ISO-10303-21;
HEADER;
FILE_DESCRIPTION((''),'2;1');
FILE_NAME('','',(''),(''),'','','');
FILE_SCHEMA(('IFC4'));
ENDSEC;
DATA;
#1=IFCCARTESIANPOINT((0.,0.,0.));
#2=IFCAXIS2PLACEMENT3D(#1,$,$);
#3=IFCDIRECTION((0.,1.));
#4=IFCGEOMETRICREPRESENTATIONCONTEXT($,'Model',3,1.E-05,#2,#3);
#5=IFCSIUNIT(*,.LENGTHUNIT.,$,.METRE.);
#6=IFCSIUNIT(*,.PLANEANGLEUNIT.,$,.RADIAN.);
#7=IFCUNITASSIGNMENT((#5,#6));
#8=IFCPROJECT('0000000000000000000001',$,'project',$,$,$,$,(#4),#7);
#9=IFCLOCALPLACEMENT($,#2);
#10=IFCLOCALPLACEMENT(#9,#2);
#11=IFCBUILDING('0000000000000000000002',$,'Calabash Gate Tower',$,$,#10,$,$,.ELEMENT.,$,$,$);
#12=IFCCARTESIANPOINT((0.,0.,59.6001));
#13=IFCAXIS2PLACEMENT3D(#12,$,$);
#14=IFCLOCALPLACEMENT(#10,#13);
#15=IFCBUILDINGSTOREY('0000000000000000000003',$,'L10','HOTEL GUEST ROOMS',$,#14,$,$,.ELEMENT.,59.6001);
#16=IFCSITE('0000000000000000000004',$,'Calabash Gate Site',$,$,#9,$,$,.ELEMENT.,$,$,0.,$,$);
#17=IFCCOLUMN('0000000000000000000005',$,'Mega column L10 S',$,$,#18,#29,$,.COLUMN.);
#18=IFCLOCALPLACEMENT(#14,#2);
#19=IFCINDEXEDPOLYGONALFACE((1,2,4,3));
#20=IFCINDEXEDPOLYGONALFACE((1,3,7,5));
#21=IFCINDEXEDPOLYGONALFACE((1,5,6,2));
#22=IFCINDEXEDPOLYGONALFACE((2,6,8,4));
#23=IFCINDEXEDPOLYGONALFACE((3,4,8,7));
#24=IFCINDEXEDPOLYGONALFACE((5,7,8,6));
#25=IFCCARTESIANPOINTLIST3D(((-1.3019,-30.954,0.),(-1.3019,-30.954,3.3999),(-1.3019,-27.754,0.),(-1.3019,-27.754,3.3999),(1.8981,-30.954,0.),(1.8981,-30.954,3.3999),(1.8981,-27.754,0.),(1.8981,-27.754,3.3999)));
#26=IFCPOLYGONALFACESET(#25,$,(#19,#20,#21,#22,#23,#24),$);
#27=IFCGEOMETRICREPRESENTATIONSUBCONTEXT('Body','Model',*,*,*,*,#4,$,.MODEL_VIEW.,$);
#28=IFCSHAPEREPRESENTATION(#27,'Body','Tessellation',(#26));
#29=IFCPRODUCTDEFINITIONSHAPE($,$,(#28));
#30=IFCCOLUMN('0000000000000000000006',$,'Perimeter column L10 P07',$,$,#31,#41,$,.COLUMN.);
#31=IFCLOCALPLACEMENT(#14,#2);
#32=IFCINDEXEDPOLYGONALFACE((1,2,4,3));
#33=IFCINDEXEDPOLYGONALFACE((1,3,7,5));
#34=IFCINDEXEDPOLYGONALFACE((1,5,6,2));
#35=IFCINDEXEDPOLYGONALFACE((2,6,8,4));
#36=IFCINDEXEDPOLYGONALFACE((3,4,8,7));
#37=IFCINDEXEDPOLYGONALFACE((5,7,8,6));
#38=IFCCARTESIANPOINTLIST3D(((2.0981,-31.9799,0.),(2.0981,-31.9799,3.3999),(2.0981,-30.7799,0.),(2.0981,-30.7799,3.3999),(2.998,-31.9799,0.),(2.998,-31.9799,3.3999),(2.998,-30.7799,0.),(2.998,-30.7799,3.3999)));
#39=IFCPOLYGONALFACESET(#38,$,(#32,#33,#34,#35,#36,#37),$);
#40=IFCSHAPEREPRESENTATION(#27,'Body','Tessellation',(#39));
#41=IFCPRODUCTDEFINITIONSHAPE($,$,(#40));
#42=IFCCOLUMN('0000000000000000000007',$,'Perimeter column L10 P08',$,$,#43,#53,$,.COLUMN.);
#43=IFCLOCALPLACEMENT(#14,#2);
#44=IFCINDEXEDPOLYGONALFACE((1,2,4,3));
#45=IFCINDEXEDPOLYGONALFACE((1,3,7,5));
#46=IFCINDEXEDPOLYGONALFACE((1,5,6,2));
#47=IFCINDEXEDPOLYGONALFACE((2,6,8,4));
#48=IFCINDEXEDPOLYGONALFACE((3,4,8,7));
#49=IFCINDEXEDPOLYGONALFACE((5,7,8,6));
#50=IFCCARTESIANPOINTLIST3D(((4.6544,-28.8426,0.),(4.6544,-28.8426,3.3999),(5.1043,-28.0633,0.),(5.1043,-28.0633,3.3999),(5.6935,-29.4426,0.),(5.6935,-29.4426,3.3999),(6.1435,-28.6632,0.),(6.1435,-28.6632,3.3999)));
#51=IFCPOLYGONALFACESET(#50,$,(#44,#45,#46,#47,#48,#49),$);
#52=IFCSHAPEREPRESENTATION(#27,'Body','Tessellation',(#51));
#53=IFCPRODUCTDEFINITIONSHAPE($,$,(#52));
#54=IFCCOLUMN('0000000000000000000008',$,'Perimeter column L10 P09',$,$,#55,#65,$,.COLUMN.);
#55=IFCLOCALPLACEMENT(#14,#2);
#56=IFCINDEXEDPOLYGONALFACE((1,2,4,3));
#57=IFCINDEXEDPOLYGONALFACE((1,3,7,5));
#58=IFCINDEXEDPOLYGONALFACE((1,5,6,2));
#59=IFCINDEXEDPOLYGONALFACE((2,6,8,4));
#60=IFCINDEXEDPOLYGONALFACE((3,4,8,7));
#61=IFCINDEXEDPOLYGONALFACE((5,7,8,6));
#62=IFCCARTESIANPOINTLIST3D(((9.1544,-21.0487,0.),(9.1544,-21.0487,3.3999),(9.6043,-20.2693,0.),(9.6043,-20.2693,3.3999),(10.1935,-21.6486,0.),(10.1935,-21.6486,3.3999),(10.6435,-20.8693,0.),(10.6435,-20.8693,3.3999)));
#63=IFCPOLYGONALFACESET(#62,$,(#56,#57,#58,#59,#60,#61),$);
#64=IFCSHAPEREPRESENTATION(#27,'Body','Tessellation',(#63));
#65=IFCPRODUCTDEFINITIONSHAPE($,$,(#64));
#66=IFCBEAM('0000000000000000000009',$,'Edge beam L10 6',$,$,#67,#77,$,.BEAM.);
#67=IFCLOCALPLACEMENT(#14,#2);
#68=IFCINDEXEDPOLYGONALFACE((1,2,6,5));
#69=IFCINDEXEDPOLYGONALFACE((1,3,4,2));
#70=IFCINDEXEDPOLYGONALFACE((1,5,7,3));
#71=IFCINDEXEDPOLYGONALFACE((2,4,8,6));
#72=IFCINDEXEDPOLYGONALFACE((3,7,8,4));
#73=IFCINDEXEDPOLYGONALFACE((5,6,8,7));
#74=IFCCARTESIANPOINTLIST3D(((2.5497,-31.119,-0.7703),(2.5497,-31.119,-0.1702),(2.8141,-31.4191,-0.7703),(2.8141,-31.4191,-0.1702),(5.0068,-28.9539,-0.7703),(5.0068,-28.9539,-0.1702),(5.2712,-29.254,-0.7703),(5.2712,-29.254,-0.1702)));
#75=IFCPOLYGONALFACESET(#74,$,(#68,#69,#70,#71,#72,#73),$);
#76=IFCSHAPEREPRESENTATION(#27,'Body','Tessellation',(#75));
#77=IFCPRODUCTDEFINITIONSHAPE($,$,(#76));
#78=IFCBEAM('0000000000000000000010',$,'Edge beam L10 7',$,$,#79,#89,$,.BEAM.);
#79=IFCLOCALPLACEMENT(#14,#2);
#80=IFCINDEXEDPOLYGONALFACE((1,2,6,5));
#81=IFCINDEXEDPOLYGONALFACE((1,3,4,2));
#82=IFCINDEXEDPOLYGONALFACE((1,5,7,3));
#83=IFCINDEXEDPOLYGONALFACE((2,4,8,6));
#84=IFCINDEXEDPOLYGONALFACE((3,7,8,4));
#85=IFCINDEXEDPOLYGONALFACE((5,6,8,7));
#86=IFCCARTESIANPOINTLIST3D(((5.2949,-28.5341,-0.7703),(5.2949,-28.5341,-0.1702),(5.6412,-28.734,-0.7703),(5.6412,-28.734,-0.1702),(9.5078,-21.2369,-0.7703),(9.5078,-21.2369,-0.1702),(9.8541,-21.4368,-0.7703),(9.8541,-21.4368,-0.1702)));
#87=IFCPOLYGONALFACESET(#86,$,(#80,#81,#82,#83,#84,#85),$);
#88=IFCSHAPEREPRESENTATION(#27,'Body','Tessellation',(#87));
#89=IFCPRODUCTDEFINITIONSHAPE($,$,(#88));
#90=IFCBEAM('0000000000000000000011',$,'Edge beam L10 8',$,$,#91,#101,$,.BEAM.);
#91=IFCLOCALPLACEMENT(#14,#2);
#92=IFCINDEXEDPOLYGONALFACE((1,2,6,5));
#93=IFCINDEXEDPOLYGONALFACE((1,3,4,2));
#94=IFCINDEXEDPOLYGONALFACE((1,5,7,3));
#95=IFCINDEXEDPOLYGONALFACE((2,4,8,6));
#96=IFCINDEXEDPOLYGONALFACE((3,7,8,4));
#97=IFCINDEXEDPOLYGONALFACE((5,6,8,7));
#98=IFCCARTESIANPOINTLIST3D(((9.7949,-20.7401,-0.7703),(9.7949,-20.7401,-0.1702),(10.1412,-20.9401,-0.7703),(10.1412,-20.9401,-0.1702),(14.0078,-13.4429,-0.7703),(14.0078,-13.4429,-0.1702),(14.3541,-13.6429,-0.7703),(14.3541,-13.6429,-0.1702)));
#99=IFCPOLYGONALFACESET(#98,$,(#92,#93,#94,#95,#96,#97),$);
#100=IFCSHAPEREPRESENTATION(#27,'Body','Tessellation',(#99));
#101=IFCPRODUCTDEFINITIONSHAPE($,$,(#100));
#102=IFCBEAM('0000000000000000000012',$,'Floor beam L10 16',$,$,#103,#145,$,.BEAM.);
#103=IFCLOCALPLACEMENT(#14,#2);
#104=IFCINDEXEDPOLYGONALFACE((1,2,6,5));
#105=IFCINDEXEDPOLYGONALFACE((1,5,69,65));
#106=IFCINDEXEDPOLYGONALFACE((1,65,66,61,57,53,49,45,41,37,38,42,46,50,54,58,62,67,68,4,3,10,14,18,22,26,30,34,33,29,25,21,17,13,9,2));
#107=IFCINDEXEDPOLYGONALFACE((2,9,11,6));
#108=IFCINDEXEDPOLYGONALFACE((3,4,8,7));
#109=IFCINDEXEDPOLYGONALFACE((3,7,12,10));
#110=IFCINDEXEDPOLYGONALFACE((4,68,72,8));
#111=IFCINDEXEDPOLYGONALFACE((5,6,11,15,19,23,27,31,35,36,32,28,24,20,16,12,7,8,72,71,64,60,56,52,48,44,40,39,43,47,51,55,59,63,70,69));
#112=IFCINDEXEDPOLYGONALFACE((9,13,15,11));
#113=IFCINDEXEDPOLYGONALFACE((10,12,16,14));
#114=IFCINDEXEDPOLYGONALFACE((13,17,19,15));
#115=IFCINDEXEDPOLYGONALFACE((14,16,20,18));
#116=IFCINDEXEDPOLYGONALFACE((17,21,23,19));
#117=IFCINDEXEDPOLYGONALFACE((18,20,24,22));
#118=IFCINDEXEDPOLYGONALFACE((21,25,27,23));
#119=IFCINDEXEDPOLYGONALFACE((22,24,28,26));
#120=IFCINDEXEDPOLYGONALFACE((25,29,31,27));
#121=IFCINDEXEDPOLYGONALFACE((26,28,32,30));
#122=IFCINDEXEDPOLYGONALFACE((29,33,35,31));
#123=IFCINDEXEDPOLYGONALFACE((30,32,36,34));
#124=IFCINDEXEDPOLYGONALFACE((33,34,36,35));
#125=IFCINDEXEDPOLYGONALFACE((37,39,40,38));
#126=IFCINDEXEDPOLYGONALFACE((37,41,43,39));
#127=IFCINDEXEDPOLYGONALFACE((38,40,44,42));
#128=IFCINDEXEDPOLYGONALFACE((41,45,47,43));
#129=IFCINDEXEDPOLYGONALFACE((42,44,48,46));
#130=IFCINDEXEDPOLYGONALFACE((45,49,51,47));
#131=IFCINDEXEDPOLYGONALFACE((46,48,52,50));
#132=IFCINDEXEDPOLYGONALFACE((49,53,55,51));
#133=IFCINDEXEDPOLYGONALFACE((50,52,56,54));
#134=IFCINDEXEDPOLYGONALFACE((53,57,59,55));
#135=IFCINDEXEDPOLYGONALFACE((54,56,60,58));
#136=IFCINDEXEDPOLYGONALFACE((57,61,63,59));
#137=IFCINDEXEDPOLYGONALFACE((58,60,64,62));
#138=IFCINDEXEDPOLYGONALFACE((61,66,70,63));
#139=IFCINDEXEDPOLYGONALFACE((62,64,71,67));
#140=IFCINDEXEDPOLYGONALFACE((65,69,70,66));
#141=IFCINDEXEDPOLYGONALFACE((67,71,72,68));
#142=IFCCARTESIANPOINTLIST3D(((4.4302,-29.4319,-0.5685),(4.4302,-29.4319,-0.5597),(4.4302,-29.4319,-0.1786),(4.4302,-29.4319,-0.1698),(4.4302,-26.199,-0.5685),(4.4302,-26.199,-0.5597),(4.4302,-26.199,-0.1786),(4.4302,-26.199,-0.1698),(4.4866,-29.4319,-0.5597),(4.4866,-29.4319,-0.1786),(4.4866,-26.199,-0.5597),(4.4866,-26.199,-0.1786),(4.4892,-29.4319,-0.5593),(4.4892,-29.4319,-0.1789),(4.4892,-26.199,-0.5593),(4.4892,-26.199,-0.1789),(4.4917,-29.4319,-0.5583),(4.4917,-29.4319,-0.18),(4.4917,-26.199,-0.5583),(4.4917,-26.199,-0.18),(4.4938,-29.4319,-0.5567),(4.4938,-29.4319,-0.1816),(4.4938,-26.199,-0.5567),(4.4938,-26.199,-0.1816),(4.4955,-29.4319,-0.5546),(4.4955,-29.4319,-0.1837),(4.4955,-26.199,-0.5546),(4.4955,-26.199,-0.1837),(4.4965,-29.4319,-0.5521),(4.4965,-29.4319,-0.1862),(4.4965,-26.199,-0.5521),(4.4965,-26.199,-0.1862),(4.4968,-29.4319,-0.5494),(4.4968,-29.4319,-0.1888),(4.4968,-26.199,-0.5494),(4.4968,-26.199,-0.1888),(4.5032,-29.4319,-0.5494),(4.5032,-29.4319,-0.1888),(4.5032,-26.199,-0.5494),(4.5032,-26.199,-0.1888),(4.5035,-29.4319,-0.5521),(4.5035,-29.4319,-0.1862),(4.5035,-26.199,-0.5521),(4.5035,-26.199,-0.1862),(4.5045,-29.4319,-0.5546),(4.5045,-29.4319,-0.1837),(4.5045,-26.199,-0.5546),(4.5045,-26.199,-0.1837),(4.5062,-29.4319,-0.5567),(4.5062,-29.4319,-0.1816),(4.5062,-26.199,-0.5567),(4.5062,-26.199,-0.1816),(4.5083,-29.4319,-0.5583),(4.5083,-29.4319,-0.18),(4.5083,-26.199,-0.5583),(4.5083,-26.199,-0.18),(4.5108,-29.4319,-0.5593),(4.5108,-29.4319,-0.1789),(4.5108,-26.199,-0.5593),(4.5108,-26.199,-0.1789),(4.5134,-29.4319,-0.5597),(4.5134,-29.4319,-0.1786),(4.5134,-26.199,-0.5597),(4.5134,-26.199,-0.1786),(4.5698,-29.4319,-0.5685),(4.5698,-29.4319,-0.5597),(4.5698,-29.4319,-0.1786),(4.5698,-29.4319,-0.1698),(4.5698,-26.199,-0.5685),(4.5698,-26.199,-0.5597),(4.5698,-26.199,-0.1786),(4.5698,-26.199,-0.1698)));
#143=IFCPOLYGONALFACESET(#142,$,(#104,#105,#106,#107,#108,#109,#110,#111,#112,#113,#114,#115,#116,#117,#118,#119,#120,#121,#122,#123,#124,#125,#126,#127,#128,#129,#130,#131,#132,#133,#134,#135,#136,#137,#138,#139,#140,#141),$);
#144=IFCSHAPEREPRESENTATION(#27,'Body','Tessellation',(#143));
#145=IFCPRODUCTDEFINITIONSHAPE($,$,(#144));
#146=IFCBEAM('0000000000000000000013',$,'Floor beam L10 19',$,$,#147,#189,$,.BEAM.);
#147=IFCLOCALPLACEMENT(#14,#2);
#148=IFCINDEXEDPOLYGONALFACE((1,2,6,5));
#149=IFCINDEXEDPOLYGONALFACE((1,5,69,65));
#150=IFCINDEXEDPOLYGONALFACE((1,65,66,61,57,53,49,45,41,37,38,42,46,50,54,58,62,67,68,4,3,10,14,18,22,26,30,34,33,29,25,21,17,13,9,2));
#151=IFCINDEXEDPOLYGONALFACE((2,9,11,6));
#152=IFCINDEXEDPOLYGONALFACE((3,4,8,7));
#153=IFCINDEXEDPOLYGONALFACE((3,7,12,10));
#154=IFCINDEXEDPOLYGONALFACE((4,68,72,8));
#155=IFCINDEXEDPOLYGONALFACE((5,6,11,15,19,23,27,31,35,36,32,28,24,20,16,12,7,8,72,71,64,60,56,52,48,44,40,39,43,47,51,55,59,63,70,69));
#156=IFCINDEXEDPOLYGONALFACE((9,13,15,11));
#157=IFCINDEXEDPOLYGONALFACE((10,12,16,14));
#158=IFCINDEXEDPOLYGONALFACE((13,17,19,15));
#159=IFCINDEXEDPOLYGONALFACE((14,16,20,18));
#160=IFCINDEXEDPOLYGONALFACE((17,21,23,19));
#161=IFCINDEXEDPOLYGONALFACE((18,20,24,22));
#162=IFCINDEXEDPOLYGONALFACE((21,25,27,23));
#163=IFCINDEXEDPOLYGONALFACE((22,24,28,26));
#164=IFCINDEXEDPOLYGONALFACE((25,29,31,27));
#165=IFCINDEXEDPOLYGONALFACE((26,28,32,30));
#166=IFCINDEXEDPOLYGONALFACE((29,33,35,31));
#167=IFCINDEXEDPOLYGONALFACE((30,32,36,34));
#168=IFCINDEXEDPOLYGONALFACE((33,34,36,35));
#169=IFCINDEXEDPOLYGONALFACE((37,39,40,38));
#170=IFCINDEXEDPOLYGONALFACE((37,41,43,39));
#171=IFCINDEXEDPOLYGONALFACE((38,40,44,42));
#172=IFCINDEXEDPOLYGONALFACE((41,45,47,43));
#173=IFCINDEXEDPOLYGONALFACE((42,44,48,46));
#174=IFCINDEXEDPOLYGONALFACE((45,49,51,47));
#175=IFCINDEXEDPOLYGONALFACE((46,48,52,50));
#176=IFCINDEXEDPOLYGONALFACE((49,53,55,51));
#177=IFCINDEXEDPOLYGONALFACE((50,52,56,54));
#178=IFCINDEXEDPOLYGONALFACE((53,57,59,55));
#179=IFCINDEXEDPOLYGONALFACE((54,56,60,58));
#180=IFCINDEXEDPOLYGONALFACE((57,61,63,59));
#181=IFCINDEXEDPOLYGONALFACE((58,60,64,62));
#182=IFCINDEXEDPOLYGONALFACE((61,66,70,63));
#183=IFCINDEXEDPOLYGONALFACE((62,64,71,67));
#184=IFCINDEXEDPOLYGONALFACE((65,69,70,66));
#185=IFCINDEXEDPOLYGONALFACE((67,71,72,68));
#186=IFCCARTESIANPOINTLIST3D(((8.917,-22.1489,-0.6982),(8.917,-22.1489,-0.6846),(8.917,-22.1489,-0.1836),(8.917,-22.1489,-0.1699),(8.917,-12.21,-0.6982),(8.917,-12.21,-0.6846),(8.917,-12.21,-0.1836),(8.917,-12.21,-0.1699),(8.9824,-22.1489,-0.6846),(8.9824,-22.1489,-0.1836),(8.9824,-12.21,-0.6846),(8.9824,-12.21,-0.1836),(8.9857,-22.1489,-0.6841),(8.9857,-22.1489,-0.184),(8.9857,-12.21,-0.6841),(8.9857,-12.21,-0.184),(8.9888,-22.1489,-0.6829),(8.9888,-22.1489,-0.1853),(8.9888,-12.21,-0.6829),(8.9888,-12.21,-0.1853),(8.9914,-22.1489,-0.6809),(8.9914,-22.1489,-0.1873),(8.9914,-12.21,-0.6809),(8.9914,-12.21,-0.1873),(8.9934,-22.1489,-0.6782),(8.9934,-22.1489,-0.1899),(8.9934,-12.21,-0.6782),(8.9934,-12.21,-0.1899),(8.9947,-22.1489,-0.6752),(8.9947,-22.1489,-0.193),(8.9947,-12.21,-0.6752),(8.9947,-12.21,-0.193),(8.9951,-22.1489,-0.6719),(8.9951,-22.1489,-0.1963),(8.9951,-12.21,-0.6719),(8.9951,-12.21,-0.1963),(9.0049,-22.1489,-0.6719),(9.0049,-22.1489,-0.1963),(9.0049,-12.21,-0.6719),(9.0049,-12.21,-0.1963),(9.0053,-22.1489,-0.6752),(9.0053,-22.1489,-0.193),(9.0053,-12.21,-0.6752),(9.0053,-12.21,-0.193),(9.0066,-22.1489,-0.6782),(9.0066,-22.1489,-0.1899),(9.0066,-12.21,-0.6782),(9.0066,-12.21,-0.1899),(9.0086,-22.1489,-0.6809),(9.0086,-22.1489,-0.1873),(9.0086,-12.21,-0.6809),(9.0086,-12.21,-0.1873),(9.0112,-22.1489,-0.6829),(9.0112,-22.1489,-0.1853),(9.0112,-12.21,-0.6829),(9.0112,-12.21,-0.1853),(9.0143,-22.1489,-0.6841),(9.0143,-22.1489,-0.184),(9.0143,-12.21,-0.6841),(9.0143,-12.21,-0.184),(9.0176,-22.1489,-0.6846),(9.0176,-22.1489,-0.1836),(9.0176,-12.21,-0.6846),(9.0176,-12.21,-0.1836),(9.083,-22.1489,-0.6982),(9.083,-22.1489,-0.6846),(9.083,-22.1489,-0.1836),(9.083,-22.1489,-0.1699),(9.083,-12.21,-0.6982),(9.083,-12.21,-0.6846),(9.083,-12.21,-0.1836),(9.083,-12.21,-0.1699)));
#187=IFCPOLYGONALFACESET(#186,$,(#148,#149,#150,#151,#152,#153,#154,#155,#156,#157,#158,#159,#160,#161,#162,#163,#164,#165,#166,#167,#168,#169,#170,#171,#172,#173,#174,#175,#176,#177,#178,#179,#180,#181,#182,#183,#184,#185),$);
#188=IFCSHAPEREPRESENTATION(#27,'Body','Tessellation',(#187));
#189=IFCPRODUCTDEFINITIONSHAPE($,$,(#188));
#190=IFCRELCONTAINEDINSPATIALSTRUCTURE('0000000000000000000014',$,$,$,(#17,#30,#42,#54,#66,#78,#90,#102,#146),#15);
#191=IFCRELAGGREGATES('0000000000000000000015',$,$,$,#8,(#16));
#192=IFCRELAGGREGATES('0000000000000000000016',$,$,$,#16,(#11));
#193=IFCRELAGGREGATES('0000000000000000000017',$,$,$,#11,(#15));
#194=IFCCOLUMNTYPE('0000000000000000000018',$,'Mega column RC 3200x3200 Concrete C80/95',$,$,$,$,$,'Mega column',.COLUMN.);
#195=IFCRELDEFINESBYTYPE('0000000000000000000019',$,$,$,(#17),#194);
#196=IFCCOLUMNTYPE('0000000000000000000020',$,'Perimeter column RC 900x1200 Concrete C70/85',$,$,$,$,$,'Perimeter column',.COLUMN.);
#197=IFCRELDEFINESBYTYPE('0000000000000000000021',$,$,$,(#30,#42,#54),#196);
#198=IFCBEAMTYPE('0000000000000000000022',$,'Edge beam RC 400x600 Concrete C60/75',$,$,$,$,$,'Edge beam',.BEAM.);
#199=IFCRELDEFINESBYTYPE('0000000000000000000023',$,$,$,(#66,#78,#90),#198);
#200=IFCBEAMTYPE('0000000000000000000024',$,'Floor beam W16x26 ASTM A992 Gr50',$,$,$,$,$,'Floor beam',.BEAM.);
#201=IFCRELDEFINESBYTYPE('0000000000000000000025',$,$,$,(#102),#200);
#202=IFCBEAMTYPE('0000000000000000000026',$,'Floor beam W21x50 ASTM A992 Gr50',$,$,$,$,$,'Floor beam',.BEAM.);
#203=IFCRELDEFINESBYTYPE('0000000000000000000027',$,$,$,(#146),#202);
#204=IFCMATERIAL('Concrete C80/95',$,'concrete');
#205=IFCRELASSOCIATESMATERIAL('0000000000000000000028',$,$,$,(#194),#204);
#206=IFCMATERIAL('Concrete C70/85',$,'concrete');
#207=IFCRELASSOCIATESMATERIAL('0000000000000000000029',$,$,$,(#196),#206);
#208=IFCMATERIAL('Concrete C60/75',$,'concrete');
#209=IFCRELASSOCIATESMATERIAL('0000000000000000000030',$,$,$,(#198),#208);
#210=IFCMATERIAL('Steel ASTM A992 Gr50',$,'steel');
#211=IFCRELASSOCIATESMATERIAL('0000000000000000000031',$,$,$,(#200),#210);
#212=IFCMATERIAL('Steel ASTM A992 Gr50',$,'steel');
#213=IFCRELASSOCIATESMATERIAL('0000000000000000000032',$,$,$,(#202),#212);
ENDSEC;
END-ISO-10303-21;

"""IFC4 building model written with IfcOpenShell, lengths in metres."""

from ifc_helpers import new_model, si_unit, direction, frame, origin, origin_2d, place, context, subcontext, project, spatial, rectangle, i_section, extrude, material, material_profile, profile_set, type_object, element, save


model = new_model("IFC4")

# Units and contexts
model_context = context("Model", 3, precision=1e-05, world=origin(), true_north=direction((0.0, 1.0)))
body_context = subcontext(model_context, "Body", "Model", "MODEL_VIEW")
ifc_project = project(units=[si_unit("LENGTHUNIT", "METRE"), si_unit("PLANEANGLEUNIT", "RADIAN")], contexts=[model_context])

# Site, building, storey
site_placement = place(None, origin())
site = spatial("IfcSite", under=ifc_project, at=site_placement, Name="Calabash Gate Site", CompositionType="ELEMENT", RefElevation=0.0)
building_placement = place(site_placement, origin())
building = spatial("IfcBuilding", under=site, at=building_placement, Name="Calabash Gate Tower", CompositionType="ELEMENT")
storey_placement = place(building_placement, frame((0.0, 0.0, 59.6001)))
storey = spatial("IfcBuildingStorey", under=building, at=storey_placement, Name="L10", Description="HOTEL GUEST ROOMS", CompositionType="ELEMENT", Elevation=59.6001)

# Columns
ifc_material_1 = material(Name="Concrete C80/95", Category="concrete")
ifc_material_profile_1 = material_profile(ifc_material_1, rectangle(XDim=3.2, YDim=3.2, at=origin_2d()))
ifc_profile_set_1 = profile_set([ifc_material_profile_1], Name="Concrete C80/95")
column_type_1 = type_object("IfcColumnType", Name="Mega column RC 3200x3200 Concrete C80/95", ElementType="Mega column", PredefinedType="COLUMN", material=ifc_profile_set_1)
column_placement = place(storey_placement, frame((0.2981, -29.354, 0.0), z_axis=(0.0, 0.0, 1.0), x_axis=(0.0, 1.0, 0.0)))
element("IfcColumn", 1, at=column_placement, inside=storey, type_object=column_type_1, Name="Mega column L10 S", PredefinedType="COLUMN", context=body_context, shape_type="SweptSolid", body=[
    extrude(rectangle(XDim=3.2, YDim=3.2, at=origin_2d()), origin(), (0.0, 0.0, 1.0), 3.3999),
])
ifc_material_2 = material(Name="Concrete C70/85", Category="concrete")
ifc_material_profile_2 = material_profile(ifc_material_2, rectangle(XDim=0.8999, YDim=1.2, at=origin_2d()))
ifc_profile_set_2 = profile_set([ifc_material_profile_2], Name="Concrete C70/85")
column_type_2 = type_object("IfcColumnType", Name="Perimeter column RC 900x1200 Concrete C70/85", ElementType="Perimeter column", PredefinedType="COLUMN", material=ifc_profile_set_2)
for number, where, z_axis, x_axis, name in (
    (2, (2.5481, -31.3799, 0.0), (0.0, 0.0, 1.0), (1.0, 0.0, 0.0), "Perimeter column L10 P07"),
    (3, (5.3989, -28.7529, 0.0), (0.0, 0.0, 1.0), (0.5, 0.866025, 0.0), "Perimeter column L10 P08"),
    (4, (9.8989, -20.959, 0.0), (0.0, 0.0, 1.0), (0.5, 0.866025, 0.0), "Perimeter column L10 P09"),
):
    element("IfcColumn", number, at=place(storey_placement, frame(where, z_axis=z_axis, x_axis=x_axis)), inside=storey, type_object=column_type_2, Name=name, PredefinedType="COLUMN", context=body_context, shape_type="SweptSolid", body=[
        extrude(rectangle(XDim=0.8999, YDim=1.2, at=origin_2d()), origin(), (0.0, 0.0, 1.0), 3.3999),
    ])

# Beams
ifc_material_3 = material(Name="Concrete C60/75", Category="concrete")
ifc_material_profile_3 = material_profile(ifc_material_3, rectangle(XDim=0.3999, YDim=0.6001, at=origin_2d()))
ifc_profile_set_3 = profile_set([ifc_material_profile_3], Name="Concrete C60/75")
beam_type_1 = type_object("IfcBeamType", Name="Edge beam RC 400x600 Concrete C60/75", ElementType="Edge beam", PredefinedType="BEAM", material=ifc_profile_set_3)
beam_1_placement = place(storey_placement, frame((2.6819, -31.269, -0.4702), z_axis=(0.750282, 0.661118, 0.0), x_axis=(-0.661118, 0.750282, 0.0)))
element("IfcBeam", 5, at=beam_1_placement, inside=storey, type_object=beam_type_1, Name="Edge beam L10 6", PredefinedType="BEAM", context=body_context, shape_type="SweptSolid", body=[
    extrude(rectangle(XDim=0.3999, YDim=0.6001, at=origin_2d()), origin(), (0.0, 0.0, 1.0), 3.2749),
])
for number, where, z_axis, x_axis, name in (
    (6, (5.468, -28.634, -0.4702), (0.499991, 0.866031, 0.0), (-0.866031, 0.499991, 0.0), "Edge beam L10 7"),
    (7, (9.968, -20.8401, -0.4702), (0.499991, 0.866031, 0.0), (-0.866031, 0.499991, 0.0), "Edge beam L10 8"),
):
    element("IfcBeam", number, at=place(storey_placement, frame(where, z_axis=z_axis, x_axis=x_axis)), inside=storey, type_object=beam_type_1, Name=name, PredefinedType="BEAM", context=body_context, shape_type="SweptSolid", body=[
        extrude(rectangle(XDim=0.3999, YDim=0.6001, at=origin_2d()), origin(), (0.0, 0.0, 1.0), 8.426),
    ])
ifc_material_4 = material(Name="Steel ASTM A992 Gr50", Category="steel")
ifc_material_profile_4 = material_profile(ifc_material_4, i_section(OverallWidth=0.1396, OverallDepth=0.3987, WebThickness=0.0063, FlangeThickness=0.0088, FilletRadius=0.0103, at=origin_2d()))
ifc_profile_set_4 = profile_set([ifc_material_profile_4], Name="Steel ASTM A992 Gr50")
beam_type_2 = type_object("IfcBeamType", Name="Floor beam W16x26 ASTM A992 Gr50", ElementType="Floor beam", PredefinedType="BEAM", material=ifc_profile_set_4)
beam_2_placement = place(storey_placement, frame((4.5, -29.4319, -0.3691), z_axis=(0.0, 1.0, 0.0), x_axis=(-1.0, 0.0, 0.0)))
element("IfcBeam", 8, at=beam_2_placement, inside=storey, type_object=beam_type_2, Name="Floor beam L10 16", PredefinedType="BEAM", context=body_context, shape_type="SweptSolid", body=[
    extrude(i_section(OverallWidth=0.1396, OverallDepth=0.3987, WebThickness=0.0063, FlangeThickness=0.0088, FilletRadius=0.0103, at=origin_2d()), origin(), (0.0, 0.0, 1.0), 3.2329),
])
ifc_material_5 = material(Name="Steel ASTM A992 Gr50", Category="steel")
ifc_material_profile_5 = material_profile(ifc_material_5, i_section(OverallWidth=0.166, OverallDepth=0.5283, WebThickness=0.0098, FlangeThickness=0.0137, FilletRadius=0.0127, at=origin_2d()))
ifc_profile_set_5 = profile_set([ifc_material_profile_5], Name="Steel ASTM A992 Gr50")
beam_type_3 = type_object("IfcBeamType", Name="Floor beam W21x50 ASTM A992 Gr50", ElementType="Floor beam", PredefinedType="BEAM", material=ifc_profile_set_5)
beam_3_placement = place(storey_placement, frame((9.0, -22.1489, -0.4341), z_axis=(0.0, 1.0, 0.0), x_axis=(-1.0, 0.0, 0.0)))
element("IfcBeam", 9, at=beam_3_placement, inside=storey, type_object=beam_type_3, Name="Floor beam L10 19", PredefinedType="BEAM", context=body_context, shape_type="SweptSolid", body=[
    extrude(i_section(OverallWidth=0.166, OverallDepth=0.5283, WebThickness=0.0098, FlangeThickness=0.0137, FilletRadius=0.0127, at=origin_2d()), origin(), (0.0, 0.0, 1.0), 9.939),
])

save(model, "model.ifc")
